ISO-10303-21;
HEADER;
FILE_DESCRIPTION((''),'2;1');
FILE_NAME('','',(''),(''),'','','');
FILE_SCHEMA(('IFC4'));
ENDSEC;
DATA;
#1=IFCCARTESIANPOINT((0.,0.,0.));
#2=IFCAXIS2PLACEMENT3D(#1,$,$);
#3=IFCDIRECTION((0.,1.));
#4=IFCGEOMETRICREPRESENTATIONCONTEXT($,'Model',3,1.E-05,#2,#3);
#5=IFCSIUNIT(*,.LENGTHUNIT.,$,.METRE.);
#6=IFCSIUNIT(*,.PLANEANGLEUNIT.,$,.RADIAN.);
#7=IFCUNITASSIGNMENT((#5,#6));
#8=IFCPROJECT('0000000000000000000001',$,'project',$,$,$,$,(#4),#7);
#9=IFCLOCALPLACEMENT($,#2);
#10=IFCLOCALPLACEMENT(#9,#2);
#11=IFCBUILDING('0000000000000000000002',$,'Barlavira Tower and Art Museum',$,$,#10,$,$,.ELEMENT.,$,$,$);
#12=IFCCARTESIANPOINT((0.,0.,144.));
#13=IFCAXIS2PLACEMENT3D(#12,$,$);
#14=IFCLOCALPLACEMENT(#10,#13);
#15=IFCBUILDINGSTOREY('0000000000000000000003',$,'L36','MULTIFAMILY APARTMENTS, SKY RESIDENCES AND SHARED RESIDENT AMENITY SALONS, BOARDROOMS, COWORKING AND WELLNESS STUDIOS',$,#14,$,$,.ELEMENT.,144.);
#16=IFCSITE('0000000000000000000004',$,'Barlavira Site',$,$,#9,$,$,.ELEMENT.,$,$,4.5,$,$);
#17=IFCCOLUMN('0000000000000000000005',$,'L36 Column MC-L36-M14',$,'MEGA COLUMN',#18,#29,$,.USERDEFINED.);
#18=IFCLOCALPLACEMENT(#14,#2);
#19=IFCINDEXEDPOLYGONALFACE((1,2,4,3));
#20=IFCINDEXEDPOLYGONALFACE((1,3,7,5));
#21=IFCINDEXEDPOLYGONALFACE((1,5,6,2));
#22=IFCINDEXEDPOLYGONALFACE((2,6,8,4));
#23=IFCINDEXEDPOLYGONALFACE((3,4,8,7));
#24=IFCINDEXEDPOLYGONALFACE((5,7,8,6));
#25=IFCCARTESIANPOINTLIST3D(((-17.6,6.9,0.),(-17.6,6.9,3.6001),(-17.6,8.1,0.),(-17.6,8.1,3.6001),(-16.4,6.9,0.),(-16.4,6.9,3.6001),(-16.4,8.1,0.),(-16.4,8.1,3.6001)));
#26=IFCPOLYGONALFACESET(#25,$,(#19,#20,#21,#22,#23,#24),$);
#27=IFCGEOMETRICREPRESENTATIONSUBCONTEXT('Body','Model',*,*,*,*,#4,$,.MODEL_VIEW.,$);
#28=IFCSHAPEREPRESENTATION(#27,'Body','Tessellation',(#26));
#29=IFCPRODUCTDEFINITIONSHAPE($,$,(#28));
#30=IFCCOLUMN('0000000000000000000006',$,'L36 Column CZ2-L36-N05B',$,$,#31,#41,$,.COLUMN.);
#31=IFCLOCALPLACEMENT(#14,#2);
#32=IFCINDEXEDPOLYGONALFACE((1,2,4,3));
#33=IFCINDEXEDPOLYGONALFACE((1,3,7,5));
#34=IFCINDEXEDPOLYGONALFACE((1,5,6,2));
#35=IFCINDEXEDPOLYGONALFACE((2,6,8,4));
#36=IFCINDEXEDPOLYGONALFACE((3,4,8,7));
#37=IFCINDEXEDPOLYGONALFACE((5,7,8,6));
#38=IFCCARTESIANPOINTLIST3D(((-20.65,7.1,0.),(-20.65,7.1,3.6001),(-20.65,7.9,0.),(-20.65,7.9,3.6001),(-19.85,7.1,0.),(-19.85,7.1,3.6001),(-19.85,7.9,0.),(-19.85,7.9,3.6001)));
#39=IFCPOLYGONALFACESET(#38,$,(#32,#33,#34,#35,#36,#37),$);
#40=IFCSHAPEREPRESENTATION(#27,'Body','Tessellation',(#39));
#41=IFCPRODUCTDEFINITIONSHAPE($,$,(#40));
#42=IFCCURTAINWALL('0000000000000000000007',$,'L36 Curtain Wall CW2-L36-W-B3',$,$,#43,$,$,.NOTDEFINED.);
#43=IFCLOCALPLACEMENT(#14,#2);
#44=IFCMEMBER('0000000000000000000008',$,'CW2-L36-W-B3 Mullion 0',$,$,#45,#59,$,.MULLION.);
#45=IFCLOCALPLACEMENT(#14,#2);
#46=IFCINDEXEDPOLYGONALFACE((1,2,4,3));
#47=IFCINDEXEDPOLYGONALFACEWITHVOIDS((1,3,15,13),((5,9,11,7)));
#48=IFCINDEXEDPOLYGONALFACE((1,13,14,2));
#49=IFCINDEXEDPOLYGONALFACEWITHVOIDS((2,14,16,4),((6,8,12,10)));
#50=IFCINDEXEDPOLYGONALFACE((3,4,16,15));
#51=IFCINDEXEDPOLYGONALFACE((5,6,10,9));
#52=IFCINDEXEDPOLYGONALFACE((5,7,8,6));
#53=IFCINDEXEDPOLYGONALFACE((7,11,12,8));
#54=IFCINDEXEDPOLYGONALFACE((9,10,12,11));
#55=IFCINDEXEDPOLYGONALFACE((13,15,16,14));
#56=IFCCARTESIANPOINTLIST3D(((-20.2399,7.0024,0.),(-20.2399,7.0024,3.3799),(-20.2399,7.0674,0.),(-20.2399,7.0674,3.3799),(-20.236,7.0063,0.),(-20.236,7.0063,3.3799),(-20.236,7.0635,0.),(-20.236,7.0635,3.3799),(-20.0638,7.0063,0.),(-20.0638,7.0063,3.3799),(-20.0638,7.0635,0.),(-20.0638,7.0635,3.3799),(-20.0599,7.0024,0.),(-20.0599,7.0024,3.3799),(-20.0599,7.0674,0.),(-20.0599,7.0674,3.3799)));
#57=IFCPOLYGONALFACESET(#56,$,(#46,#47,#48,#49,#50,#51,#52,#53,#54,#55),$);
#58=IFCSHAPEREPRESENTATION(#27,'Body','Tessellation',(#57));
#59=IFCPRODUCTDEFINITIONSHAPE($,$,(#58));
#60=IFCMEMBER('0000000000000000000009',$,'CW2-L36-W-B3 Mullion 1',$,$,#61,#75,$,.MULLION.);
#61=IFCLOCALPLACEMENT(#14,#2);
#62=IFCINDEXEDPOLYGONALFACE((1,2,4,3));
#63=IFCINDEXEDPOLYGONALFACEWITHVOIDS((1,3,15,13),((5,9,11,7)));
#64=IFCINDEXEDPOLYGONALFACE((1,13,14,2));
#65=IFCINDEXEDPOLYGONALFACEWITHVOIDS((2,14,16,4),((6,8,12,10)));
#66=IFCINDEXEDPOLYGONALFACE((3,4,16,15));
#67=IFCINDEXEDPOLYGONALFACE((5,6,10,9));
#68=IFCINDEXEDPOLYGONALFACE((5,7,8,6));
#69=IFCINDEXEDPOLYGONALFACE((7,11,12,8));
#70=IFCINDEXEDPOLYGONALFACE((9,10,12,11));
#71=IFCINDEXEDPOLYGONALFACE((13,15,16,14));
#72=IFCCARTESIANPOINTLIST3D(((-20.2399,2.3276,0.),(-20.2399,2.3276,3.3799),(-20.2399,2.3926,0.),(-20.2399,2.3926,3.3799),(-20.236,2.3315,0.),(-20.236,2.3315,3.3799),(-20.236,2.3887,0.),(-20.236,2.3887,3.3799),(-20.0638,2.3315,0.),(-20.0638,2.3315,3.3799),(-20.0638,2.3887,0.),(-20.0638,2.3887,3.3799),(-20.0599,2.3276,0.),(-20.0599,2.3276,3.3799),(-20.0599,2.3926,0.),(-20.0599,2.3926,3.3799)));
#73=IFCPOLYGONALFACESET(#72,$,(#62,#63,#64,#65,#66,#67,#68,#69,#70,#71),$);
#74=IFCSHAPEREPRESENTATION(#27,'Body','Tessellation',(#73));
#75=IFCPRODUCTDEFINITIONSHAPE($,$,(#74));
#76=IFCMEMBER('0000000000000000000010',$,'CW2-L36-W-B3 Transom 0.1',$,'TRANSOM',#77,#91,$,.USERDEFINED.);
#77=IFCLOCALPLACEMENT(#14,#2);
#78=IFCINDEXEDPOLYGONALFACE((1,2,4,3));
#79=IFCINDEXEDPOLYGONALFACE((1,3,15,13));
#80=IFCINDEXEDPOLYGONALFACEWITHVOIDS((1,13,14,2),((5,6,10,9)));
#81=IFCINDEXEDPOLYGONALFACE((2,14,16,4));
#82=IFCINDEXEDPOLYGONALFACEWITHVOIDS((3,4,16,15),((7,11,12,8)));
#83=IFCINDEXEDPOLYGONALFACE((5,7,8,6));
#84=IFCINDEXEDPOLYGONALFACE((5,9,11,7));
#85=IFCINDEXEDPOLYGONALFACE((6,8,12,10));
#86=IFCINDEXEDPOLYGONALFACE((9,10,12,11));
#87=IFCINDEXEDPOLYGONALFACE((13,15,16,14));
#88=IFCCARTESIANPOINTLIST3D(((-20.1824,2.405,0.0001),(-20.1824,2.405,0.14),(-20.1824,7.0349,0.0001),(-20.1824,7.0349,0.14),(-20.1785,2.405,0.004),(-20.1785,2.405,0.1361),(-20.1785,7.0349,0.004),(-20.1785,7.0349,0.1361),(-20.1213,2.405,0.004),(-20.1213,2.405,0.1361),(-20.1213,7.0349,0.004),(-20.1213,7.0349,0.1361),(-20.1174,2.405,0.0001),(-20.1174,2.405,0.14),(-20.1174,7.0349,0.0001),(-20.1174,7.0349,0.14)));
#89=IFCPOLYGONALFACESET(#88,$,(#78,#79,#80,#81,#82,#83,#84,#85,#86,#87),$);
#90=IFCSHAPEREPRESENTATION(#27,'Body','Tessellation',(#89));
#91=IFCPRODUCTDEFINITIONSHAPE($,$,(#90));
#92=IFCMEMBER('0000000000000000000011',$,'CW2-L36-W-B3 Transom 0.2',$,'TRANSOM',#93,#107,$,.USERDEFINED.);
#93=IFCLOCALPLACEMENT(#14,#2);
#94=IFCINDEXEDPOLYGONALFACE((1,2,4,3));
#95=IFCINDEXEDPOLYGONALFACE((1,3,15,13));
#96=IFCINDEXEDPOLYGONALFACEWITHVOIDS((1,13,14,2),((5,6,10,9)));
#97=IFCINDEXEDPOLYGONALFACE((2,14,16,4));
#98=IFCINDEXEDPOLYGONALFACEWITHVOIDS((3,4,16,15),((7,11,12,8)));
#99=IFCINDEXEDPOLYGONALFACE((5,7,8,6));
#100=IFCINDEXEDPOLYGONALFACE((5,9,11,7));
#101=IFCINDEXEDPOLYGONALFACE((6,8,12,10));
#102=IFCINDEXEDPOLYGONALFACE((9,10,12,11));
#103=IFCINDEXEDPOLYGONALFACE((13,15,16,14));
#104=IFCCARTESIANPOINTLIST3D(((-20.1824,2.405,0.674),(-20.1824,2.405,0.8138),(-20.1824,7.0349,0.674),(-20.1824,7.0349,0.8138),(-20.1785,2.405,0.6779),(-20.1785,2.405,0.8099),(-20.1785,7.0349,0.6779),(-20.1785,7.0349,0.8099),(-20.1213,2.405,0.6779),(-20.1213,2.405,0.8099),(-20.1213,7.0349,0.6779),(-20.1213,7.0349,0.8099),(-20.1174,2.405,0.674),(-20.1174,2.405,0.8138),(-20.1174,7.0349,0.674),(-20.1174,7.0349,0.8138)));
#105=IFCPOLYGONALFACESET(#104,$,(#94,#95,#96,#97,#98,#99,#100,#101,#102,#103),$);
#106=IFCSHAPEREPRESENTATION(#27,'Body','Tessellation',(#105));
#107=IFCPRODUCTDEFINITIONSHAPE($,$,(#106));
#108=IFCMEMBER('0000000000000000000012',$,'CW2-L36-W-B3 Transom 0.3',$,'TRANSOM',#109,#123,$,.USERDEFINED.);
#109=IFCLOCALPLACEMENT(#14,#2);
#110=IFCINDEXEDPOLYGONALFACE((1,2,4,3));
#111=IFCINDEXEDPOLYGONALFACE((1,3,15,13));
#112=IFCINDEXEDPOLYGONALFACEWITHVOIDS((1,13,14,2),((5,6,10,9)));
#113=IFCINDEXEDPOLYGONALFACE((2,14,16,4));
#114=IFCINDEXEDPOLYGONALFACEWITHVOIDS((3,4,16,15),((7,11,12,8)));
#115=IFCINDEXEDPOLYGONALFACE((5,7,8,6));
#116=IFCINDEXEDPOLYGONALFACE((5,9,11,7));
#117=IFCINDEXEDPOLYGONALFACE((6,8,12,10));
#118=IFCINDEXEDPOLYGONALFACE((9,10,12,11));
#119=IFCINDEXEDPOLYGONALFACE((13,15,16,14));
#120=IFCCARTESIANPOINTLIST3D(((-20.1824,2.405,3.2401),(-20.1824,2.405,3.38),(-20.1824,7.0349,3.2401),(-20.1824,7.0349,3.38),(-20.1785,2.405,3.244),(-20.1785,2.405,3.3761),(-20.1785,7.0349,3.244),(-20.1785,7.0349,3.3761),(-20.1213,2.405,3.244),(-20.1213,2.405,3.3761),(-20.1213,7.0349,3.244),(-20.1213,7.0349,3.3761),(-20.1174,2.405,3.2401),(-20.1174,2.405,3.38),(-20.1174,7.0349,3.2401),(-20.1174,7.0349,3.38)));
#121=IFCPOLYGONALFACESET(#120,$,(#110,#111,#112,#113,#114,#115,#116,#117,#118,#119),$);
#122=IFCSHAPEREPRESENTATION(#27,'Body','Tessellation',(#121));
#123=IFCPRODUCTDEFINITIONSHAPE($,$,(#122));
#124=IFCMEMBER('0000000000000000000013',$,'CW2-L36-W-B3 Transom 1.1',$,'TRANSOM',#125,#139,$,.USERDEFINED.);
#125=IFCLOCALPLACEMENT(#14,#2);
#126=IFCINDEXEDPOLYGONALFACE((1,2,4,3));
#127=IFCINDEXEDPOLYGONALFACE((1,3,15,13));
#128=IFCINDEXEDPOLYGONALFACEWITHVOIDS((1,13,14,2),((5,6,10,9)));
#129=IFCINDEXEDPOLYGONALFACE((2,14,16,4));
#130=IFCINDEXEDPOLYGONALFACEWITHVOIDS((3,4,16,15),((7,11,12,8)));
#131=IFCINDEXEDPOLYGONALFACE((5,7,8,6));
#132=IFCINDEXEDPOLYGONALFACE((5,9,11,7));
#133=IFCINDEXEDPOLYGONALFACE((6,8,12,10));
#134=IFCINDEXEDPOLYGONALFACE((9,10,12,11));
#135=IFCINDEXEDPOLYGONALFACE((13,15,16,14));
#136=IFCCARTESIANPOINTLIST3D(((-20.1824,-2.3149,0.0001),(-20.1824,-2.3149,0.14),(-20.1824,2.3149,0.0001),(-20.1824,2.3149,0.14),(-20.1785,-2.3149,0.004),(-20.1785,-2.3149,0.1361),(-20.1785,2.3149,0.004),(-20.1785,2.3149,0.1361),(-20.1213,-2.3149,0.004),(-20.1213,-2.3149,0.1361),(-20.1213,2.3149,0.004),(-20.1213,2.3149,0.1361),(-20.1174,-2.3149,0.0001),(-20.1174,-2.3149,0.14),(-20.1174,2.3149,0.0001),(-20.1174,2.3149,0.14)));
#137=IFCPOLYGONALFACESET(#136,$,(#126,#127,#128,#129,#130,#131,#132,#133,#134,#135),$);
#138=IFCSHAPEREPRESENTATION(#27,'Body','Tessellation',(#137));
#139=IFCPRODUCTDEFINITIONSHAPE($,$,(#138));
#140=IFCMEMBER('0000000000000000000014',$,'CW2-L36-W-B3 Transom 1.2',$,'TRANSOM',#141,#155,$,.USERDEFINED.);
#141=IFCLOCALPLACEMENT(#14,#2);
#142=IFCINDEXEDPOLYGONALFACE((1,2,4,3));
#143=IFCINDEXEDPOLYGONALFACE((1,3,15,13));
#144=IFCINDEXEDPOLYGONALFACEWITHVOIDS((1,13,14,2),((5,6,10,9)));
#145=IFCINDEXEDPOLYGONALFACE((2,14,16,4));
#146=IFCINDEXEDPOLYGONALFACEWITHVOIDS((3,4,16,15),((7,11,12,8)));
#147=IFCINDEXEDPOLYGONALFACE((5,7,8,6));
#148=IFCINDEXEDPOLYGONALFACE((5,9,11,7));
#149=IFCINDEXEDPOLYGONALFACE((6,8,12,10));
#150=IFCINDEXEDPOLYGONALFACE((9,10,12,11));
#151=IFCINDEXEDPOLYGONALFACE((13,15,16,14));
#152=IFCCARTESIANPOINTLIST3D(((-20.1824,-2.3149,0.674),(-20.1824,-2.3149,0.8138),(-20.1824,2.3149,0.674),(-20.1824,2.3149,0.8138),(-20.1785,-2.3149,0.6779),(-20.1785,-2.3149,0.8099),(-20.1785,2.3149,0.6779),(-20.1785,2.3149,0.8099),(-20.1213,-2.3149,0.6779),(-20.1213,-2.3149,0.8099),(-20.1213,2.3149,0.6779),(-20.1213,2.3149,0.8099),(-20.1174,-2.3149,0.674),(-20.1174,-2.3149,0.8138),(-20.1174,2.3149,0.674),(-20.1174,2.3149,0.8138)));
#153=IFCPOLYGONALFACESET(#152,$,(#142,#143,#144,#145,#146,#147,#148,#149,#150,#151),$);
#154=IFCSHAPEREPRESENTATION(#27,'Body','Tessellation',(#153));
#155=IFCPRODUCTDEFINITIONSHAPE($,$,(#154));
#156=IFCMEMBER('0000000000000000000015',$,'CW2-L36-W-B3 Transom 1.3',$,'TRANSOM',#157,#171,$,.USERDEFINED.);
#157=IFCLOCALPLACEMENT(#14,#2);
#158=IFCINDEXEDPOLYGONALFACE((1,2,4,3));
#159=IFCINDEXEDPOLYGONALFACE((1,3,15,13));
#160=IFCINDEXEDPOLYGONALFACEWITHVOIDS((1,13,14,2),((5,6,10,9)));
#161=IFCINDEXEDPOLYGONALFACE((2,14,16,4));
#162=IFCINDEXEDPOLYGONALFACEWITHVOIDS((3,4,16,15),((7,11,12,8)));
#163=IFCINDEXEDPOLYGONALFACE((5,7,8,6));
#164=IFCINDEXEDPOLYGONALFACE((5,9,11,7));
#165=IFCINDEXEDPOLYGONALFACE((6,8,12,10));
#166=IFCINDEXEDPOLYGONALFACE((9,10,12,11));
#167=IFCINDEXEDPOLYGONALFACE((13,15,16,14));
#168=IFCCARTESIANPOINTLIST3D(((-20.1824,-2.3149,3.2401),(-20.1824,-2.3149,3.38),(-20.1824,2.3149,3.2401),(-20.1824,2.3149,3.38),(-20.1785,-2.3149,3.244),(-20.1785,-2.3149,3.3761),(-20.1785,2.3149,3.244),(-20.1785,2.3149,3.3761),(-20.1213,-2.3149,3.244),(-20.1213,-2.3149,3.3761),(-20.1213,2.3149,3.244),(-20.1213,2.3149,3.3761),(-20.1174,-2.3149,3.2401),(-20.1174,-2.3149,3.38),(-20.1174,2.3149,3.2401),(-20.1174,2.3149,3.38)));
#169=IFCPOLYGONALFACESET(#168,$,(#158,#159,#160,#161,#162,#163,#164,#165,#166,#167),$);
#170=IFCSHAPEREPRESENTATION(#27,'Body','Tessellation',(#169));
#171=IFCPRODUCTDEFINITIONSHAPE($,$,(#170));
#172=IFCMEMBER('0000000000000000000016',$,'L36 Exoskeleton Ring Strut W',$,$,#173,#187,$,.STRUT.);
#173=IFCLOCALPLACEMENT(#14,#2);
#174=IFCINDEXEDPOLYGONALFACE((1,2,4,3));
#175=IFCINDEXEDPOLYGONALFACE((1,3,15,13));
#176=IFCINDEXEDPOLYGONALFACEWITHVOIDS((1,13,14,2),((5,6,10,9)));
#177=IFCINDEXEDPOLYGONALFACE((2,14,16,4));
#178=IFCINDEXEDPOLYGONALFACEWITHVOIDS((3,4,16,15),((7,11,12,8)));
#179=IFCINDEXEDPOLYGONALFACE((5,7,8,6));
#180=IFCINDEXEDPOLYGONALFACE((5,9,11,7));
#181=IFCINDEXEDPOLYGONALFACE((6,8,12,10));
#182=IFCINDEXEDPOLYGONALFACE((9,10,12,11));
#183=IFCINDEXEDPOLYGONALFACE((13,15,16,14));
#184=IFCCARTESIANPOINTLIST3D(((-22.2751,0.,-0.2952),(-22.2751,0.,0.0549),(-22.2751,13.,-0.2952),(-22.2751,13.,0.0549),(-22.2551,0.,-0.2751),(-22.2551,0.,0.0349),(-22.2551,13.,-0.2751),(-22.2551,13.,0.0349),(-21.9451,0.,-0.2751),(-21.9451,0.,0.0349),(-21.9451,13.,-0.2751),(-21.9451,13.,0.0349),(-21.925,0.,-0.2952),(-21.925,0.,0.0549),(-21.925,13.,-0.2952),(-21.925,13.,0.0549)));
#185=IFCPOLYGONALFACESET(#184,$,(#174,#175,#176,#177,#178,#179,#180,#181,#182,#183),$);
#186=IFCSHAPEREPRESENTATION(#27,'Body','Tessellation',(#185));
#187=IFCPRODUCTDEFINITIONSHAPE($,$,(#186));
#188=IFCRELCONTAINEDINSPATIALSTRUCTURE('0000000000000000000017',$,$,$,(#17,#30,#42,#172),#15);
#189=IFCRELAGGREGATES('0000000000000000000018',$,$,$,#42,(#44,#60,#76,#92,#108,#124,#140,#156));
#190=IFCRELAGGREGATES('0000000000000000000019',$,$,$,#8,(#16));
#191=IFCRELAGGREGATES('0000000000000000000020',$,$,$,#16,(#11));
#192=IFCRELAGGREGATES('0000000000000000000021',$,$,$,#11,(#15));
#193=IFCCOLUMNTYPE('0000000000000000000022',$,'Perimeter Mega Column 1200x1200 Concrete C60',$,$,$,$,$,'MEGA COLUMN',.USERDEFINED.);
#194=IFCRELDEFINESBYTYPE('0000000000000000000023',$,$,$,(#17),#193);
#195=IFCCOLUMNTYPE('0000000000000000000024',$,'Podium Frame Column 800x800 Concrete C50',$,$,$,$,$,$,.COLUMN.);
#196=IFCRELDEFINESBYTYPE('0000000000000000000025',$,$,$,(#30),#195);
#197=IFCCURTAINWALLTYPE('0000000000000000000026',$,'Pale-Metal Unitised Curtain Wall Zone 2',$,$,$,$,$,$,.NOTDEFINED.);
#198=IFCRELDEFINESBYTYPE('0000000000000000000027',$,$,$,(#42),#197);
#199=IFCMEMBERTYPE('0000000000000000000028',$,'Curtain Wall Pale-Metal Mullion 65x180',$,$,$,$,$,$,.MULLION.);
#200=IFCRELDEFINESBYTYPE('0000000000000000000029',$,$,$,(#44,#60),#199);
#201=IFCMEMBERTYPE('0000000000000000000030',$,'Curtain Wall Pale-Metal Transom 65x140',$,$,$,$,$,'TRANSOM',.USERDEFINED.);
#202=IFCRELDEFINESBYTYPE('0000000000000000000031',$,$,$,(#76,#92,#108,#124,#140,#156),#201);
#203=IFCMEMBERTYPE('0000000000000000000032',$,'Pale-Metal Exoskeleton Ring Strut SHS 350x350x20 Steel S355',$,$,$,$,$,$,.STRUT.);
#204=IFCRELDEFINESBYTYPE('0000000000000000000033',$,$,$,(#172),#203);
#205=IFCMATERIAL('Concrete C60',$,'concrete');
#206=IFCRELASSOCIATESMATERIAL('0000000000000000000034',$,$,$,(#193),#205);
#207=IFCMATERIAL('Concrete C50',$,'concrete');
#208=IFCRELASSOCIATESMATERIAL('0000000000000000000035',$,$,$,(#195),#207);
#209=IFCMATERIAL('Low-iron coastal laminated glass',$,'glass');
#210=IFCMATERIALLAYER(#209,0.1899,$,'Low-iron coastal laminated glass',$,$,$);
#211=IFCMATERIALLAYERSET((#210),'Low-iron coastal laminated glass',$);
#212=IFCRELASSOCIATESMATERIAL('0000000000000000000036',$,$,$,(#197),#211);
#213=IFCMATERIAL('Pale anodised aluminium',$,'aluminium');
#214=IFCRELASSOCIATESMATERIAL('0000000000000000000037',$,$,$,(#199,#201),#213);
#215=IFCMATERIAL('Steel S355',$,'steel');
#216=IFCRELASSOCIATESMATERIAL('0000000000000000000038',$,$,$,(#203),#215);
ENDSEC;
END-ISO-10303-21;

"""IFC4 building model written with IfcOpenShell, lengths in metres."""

from ifc_helpers import new_model, si_unit, direction, frame, origin, origin_2d, place, context, subcontext, project, spatial, rectangle, hollow_rectangle, extrude, material, layer, layer_set, material_profile, profile_set, type_object, element, aggregate, save


model = new_model("IFC4")

# Units and contexts
model_context = context("Model", 3, precision=1e-05, world=origin(), true_north=direction((0.0, 1.0)))
body_context = subcontext(model_context, "Body", "Model", "MODEL_VIEW")
ifc_project = project(units=[si_unit("LENGTHUNIT", "METRE"), si_unit("PLANEANGLEUNIT", "RADIAN")], contexts=[model_context])

# Site, building, storey
site_placement = place(None, origin())
site = spatial("IfcSite", under=ifc_project, at=site_placement, Name="Barlavira Site", CompositionType="ELEMENT", RefElevation=4.5)
building_placement = place(site_placement, origin())
building = spatial("IfcBuilding", under=site, at=building_placement, Name="Barlavira Tower and Art Museum", CompositionType="ELEMENT")
storey_placement = place(building_placement, frame((0.0, 0.0, 144.0)))
storey = spatial("IfcBuildingStorey", under=building, at=storey_placement, Name="L36", Description="MULTIFAMILY APARTMENTS, SKY RESIDENCES AND SHARED RESIDENT AMENITY SALONS, BOARDROOMS, COWORKING AND WELLNESS STUDIOS", CompositionType="ELEMENT", Elevation=144.0)

# Columns
ifc_material_1 = material(Name="Concrete C60", Category="concrete")
ifc_material_profile_1 = material_profile(ifc_material_1, rectangle(XDim=1.2, YDim=1.2, at=origin_2d()), Name="RC-COL 1200x1200")
ifc_profile_set_1 = profile_set([ifc_material_profile_1], Name="Concrete C60")
column_type_1 = type_object("IfcColumnType", Name="Perimeter Mega Column 1200x1200 Concrete C60", ElementType="MEGA COLUMN", PredefinedType="USERDEFINED", material=ifc_profile_set_1)
column_1_placement = place(storey_placement, frame((-17.0, 7.5, 0.0), z_axis=(0.0, 0.0, 1.0), x_axis=(1.0, 0.0, 0.0)))
element("IfcColumn", 1, at=column_1_placement, inside=storey, type_object=column_type_1, Name="L36 Column MC-L36-M14", ObjectType="MEGA COLUMN", PredefinedType="USERDEFINED", context=body_context, shape_type="SweptSolid", body=[
    extrude(rectangle(XDim=1.2, YDim=1.2, at=origin_2d()), origin(), (0.0, 0.0, 1.0), 3.6001),
])
ifc_material_2 = material(Name="Concrete C50", Category="concrete")
ifc_material_profile_2 = material_profile(ifc_material_2, rectangle(XDim=0.8, YDim=0.8, at=origin_2d()), Name="RC-COL 800x800")
ifc_profile_set_2 = profile_set([ifc_material_profile_2], Name="Concrete C50")
column_type_2 = type_object("IfcColumnType", Name="Podium Frame Column 800x800 Concrete C50", PredefinedType="COLUMN", material=ifc_profile_set_2)
column_2_placement = place(storey_placement, frame((-20.25, 7.5, 0.0), z_axis=(0.0, 0.0, 1.0), x_axis=(1.0, 0.0, 0.0)))
element("IfcColumn", 2, at=column_2_placement, inside=storey, type_object=column_type_2, Name="L36 Column CZ2-L36-N05B", PredefinedType="COLUMN", context=body_context, shape_type="SweptSolid", body=[
    extrude(rectangle(XDim=0.8, YDim=0.8, at=origin_2d()), origin(), (0.0, 0.0, 1.0), 3.6001),
])

# Curtain wall, members
ifc_material_3 = material(Name="Low-iron coastal laminated glass", Category="glass")
ifc_layer_1 = layer(ifc_material_3, 0.1899, Name="Low-iron coastal laminated glass")
ifc_layer_set_1 = layer_set([ifc_layer_1], Name="Low-iron coastal laminated glass")
curtain_wall_type = type_object("IfcCurtainWallType", Name="Pale-Metal Unitised Curtain Wall Zone 2", PredefinedType="NOTDEFINED", material=ifc_layer_set_1)
curtain_wall_placement = place(storey_placement, origin())
curtain_wall = element("IfcCurtainWall", 3, at=curtain_wall_placement, inside=storey, type_object=curtain_wall_type, Name="L36 Curtain Wall CW2-L36-W-B3", PredefinedType="NOTDEFINED")
ifc_material_4 = material(Name="Pale anodised aluminium", Category="aluminium")
ifc_material_profile_3 = material_profile(ifc_material_4, hollow_rectangle(XDim=0.0649, YDim=0.1799, WallThickness=0.0039, at=origin_2d()), Name="ALU-MULL 65x180x4")
ifc_profile_set_3 = profile_set([ifc_material_profile_3], Name="Pale anodised aluminium")
member_type_1 = type_object("IfcMemberType", Name="Curtain Wall Pale-Metal Mullion 65x180", PredefinedType="MULLION", material=ifc_profile_set_3)
member_1_placement = place(storey_placement, frame((-20.1499, 7.0349, 0.0), z_axis=(0.0, 0.0, 1.0), x_axis=(0.0, -1.0, 0.0)))
member_1 = element("IfcMember", 4, at=member_1_placement, type_object=member_type_1, Name="CW2-L36-W-B3 Mullion 0", PredefinedType="MULLION", context=body_context, shape_type="SweptSolid", body=[
    extrude(hollow_rectangle(XDim=0.0649, YDim=0.1799, WallThickness=0.0039, at=origin_2d()), origin(), (0.0, 0.0, 1.0), 3.3799),
])
member_2_placement = place(storey_placement, frame((-20.1499, 2.3601, 0.0), z_axis=(0.0, 0.0, 1.0), x_axis=(0.0, -1.0, 0.0)))
member_2 = element("IfcMember", 5, at=member_2_placement, type_object=member_type_1, Name="CW2-L36-W-B3 Mullion 1", PredefinedType="MULLION", context=body_context, shape_type="SweptSolid", body=[
    extrude(hollow_rectangle(XDim=0.0649, YDim=0.1799, WallThickness=0.0039, at=origin_2d()), origin(), (0.0, 0.0, 1.0), 3.3799),
])
ifc_material_profile_4 = material_profile(ifc_material_4, hollow_rectangle(XDim=0.0649, YDim=0.1399, WallThickness=0.0039, at=origin_2d()), Name="ALU-TRAN 65x140x4")
ifc_profile_set_4 = profile_set([ifc_material_profile_4], Name="Pale anodised aluminium")
member_type_2 = type_object("IfcMemberType", Name="Curtain Wall Pale-Metal Transom 65x140", ElementType="TRANSOM", PredefinedType="USERDEFINED", material=ifc_profile_set_4)
member_3_placement = place(storey_placement, frame((-20.1499, 7.0349, 0.0701), z_axis=(0.0, -1.0, 0.0), x_axis=(1.0, 0.0, 0.0)))
member_3 = element("IfcMember", 6, at=member_3_placement, type_object=member_type_2, Name="CW2-L36-W-B3 Transom 0.1", ObjectType="TRANSOM", PredefinedType="USERDEFINED", context=body_context, shape_type="SweptSolid", body=[
    extrude(hollow_rectangle(XDim=0.0649, YDim=0.1399, WallThickness=0.0039, at=origin_2d()), origin(), (0.0, 0.0, 1.0), 4.6299),
])
member_4_placement = place(storey_placement, frame((-20.1499, 7.0349, 0.7439), z_axis=(0.0, -1.0, 0.0), x_axis=(1.0, 0.0, 0.0)))
member_4 = element("IfcMember", 7, at=member_4_placement, type_object=member_type_2, Name="CW2-L36-W-B3 Transom 0.2", ObjectType="TRANSOM", PredefinedType="USERDEFINED", context=body_context, shape_type="SweptSolid", body=[
    extrude(hollow_rectangle(XDim=0.0649, YDim=0.1399, WallThickness=0.0039, at=origin_2d()), origin(), (0.0, 0.0, 1.0), 4.6299),
])
member_5_placement = place(storey_placement, frame((-20.1499, 7.0349, 3.3101), z_axis=(0.0, -1.0, 0.0), x_axis=(1.0, 0.0, 0.0)))
member_5 = element("IfcMember", 8, at=member_5_placement, type_object=member_type_2, Name="CW2-L36-W-B3 Transom 0.3", ObjectType="TRANSOM", PredefinedType="USERDEFINED", context=body_context, shape_type="SweptSolid", body=[
    extrude(hollow_rectangle(XDim=0.0649, YDim=0.1399, WallThickness=0.0039, at=origin_2d()), origin(), (0.0, 0.0, 1.0), 4.6299),
])
member_6_placement = place(storey_placement, frame((-20.1499, 2.3149, 0.0701), z_axis=(0.0, -1.0, 0.0), x_axis=(1.0, 0.0, 0.0)))
member_6 = element("IfcMember", 9, at=member_6_placement, type_object=member_type_2, Name="CW2-L36-W-B3 Transom 1.1", ObjectType="TRANSOM", PredefinedType="USERDEFINED", context=body_context, shape_type="SweptSolid", body=[
    extrude(hollow_rectangle(XDim=0.0649, YDim=0.1399, WallThickness=0.0039, at=origin_2d()), origin(), (0.0, 0.0, 1.0), 4.6299),
])
member_7_placement = place(storey_placement, frame((-20.1499, 2.3149, 0.7439), z_axis=(0.0, -1.0, 0.0), x_axis=(1.0, 0.0, 0.0)))
member_7 = element("IfcMember", 10, at=member_7_placement, type_object=member_type_2, Name="CW2-L36-W-B3 Transom 1.2", ObjectType="TRANSOM", PredefinedType="USERDEFINED", context=body_context, shape_type="SweptSolid", body=[
    extrude(hollow_rectangle(XDim=0.0649, YDim=0.1399, WallThickness=0.0039, at=origin_2d()), origin(), (0.0, 0.0, 1.0), 4.6299),
])
member_8_placement = place(storey_placement, frame((-20.1499, 2.3149, 3.3101), z_axis=(0.0, -1.0, 0.0), x_axis=(1.0, 0.0, 0.0)))
member_8 = element("IfcMember", 11, at=member_8_placement, type_object=member_type_2, Name="CW2-L36-W-B3 Transom 1.3", ObjectType="TRANSOM", PredefinedType="USERDEFINED", context=body_context, shape_type="SweptSolid", body=[
    extrude(hollow_rectangle(XDim=0.0649, YDim=0.1399, WallThickness=0.0039, at=origin_2d()), origin(), (0.0, 0.0, 1.0), 4.6299),
])

# Member
ifc_material_5 = material(Name="Steel S355", Category="steel")
ifc_material_profile_5 = material_profile(ifc_material_5, hollow_rectangle(XDim=0.3501, YDim=0.3501, WallThickness=0.02, at=origin_2d()), Name="SHS 350x350x20.0")
ifc_profile_set_5 = profile_set([ifc_material_profile_5], Name="Steel S355")
member_type_3 = type_object("IfcMemberType", Name="Pale-Metal Exoskeleton Ring Strut SHS 350x350x20 Steel S355", PredefinedType="STRUT", material=ifc_profile_set_5)
member_9_placement = place(storey_placement, frame((-22.1001, 0.0, -0.1201), z_axis=(0.0, 1.0, 0.0), x_axis=(-1.0, 0.0, 0.0)))
element("IfcMember", 12, at=member_9_placement, inside=storey, type_object=member_type_3, Name="L36 Exoskeleton Ring Strut W", PredefinedType="STRUT", context=body_context, shape_type="SweptSolid", body=[
    extrude(hollow_rectangle(XDim=0.3501, YDim=0.3501, WallThickness=0.02, at=origin_2d()), origin(), (0.0, 0.0, 1.0), 13.0),
])

aggregate(curtain_wall, [member_1, member_2, member_3, member_4, member_5, member_6, member_7, member_8])

save(model, "model.ifc")
